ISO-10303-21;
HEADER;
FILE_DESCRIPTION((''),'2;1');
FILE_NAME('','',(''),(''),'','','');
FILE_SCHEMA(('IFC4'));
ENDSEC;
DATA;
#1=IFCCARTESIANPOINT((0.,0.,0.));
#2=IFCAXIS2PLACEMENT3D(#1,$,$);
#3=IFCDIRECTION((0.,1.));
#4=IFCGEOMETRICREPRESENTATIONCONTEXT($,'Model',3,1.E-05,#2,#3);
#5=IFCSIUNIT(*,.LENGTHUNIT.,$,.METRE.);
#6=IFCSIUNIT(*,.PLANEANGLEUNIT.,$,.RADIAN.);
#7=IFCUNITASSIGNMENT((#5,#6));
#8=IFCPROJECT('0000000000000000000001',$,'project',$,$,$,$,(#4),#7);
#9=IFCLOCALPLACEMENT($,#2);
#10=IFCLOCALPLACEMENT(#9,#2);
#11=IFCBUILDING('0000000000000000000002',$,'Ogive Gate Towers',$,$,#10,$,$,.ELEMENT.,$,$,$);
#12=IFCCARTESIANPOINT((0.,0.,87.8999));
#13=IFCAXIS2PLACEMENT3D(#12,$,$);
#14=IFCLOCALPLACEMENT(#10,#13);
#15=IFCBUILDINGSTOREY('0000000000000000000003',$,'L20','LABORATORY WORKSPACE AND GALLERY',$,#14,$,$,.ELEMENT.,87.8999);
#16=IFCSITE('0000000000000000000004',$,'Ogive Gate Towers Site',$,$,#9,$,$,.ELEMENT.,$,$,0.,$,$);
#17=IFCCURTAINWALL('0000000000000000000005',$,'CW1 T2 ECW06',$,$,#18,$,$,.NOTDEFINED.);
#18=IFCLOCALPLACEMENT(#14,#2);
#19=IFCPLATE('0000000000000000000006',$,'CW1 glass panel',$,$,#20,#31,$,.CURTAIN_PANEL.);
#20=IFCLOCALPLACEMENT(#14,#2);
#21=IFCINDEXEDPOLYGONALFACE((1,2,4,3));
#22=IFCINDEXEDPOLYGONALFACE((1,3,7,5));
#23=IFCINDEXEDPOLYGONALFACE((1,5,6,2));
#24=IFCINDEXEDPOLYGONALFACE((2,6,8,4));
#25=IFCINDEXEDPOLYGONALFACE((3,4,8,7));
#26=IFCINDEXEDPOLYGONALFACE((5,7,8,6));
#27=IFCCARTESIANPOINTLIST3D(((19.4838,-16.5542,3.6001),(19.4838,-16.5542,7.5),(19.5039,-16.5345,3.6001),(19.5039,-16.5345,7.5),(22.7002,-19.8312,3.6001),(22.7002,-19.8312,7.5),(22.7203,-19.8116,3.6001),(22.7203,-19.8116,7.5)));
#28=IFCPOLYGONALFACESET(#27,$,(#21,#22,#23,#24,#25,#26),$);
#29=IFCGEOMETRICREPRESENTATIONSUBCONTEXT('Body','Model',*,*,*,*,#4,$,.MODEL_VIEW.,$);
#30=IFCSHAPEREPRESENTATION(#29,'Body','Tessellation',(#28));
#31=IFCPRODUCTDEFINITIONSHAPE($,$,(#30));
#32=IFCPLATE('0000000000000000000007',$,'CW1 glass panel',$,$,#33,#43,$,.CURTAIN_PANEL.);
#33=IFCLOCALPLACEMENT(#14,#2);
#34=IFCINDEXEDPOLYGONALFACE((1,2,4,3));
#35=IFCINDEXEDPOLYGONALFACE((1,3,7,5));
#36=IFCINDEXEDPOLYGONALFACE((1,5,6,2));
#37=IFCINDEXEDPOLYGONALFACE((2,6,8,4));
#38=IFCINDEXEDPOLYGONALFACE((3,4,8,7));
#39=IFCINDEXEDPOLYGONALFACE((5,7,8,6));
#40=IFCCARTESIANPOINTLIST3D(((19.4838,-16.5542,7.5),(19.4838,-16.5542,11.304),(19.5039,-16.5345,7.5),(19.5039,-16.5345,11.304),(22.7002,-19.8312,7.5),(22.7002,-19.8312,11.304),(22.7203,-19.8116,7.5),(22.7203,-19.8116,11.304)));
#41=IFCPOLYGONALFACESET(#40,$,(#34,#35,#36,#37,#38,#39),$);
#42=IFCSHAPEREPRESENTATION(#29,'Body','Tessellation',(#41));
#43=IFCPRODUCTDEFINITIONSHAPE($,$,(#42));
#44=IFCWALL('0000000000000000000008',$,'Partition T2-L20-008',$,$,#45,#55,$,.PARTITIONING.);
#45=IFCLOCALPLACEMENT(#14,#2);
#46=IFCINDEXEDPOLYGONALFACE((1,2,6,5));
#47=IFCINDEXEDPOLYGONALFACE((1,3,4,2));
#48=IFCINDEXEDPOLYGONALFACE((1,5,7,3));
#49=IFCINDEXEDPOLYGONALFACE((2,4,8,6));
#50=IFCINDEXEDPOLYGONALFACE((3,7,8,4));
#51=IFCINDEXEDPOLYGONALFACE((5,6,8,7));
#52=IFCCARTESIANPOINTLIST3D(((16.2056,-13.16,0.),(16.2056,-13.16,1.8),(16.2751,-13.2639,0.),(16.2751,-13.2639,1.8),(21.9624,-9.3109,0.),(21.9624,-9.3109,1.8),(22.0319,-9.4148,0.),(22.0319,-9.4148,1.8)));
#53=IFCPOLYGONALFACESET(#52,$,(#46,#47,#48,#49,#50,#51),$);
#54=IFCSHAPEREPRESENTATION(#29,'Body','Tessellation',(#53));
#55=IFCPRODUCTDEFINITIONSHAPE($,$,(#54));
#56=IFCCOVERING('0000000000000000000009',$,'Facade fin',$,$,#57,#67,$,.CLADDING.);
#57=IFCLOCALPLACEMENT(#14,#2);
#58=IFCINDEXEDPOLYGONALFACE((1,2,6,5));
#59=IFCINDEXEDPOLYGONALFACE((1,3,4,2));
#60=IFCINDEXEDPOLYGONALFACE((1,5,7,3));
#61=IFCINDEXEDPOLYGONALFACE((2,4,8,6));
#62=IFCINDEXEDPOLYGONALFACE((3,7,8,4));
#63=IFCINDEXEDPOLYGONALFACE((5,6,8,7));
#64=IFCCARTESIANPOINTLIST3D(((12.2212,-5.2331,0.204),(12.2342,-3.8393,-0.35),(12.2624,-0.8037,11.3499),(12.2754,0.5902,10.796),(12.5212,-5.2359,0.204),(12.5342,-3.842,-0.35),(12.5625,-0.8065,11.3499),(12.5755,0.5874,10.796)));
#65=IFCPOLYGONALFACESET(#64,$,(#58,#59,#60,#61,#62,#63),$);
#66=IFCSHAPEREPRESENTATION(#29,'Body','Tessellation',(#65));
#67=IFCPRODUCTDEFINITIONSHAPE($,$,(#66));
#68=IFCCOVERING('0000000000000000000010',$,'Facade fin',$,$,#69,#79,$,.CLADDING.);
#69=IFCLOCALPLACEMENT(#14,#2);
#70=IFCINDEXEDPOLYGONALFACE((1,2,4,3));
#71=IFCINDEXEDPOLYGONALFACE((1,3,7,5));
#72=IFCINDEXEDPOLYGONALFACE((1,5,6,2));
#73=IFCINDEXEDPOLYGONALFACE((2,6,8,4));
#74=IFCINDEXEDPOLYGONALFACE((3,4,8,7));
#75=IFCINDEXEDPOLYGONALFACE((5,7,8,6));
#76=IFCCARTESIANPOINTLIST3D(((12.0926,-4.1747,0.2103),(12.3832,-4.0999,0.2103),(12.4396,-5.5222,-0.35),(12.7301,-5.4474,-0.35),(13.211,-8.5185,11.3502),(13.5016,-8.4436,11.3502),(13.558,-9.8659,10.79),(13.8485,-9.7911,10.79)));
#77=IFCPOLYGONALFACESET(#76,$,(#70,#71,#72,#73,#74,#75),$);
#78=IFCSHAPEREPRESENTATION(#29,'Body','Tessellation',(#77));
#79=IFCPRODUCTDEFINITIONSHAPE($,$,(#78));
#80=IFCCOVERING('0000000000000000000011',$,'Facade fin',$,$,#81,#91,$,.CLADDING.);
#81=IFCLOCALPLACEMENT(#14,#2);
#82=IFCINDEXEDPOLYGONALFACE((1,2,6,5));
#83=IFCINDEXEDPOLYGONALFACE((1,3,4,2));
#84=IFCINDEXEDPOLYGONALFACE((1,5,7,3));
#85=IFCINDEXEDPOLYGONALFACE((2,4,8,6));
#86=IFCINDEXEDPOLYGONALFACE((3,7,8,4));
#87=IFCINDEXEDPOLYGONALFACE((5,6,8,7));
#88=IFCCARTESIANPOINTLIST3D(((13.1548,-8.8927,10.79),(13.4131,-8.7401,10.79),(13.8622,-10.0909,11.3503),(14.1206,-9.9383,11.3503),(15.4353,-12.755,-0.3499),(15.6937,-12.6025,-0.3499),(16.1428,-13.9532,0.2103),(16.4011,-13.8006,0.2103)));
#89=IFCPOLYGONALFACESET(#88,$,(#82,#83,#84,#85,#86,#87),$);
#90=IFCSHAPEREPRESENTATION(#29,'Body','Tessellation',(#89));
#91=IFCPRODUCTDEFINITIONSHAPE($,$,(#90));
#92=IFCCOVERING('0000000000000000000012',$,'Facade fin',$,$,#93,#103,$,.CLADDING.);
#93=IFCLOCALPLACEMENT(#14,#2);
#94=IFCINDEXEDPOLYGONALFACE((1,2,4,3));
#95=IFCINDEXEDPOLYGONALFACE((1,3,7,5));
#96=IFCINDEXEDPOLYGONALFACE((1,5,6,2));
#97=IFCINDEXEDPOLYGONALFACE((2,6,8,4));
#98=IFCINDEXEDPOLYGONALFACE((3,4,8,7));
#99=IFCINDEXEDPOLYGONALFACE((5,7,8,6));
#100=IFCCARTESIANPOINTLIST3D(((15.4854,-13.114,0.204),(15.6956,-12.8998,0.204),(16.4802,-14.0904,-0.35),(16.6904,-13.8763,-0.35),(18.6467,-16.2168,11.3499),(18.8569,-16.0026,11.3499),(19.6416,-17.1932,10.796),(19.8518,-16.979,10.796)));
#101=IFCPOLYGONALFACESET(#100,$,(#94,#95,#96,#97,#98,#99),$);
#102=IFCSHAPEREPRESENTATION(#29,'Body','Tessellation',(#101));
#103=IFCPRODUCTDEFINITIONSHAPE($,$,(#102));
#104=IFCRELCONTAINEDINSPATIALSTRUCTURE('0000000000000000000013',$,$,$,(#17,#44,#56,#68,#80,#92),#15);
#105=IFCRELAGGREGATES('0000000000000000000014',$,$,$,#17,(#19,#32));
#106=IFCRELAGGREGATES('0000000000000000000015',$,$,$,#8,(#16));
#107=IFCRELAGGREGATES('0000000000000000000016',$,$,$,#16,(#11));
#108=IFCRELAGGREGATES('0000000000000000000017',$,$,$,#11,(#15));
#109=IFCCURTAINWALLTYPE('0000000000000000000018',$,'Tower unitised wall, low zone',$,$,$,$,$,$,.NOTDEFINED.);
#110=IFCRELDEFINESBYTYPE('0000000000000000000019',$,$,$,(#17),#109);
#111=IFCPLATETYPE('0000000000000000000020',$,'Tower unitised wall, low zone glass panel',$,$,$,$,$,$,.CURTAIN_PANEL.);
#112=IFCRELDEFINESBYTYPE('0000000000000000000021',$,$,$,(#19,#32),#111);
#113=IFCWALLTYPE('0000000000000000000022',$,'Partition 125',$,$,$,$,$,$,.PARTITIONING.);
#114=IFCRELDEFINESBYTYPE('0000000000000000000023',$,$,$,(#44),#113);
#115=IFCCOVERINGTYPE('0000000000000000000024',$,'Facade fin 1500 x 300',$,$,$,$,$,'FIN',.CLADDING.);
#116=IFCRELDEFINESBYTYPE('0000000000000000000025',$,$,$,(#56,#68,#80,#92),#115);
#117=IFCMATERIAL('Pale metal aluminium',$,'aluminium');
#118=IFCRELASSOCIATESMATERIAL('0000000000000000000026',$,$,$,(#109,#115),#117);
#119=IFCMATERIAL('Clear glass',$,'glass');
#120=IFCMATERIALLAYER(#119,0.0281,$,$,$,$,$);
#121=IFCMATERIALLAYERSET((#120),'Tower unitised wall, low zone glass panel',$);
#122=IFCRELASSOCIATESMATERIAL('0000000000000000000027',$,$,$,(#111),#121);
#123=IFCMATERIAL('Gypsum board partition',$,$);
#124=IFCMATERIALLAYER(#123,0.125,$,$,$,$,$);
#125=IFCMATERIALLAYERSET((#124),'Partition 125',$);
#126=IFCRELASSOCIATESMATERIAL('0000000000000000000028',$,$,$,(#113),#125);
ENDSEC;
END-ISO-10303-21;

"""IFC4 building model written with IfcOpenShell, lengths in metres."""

from ifc_helpers import new_model, si_unit, direction, frame, frame_2d, origin, origin_2d, place, context, subcontext, project, spatial, rectangle, extrude, material, layer, layer_set, material_profile, profile_set, type_object, element, aggregate, save


model = new_model("IFC4")

# Units and contexts
model_context = context("Model", 3, precision=1e-05, world=origin(), true_north=direction((0.0, 1.0)))
body_context = subcontext(model_context, "Body", "Model", "MODEL_VIEW")
ifc_project = project(units=[si_unit("LENGTHUNIT", "METRE"), si_unit("PLANEANGLEUNIT", "RADIAN")], contexts=[model_context])

# Site, building, storey
site_placement = place(None, origin())
site = spatial("IfcSite", under=ifc_project, at=site_placement, Name="Ogive Gate Towers Site", CompositionType="ELEMENT", RefElevation=0.0)
building_placement = place(site_placement, origin())
building = spatial("IfcBuilding", under=site, at=building_placement, Name="Ogive Gate Towers", CompositionType="ELEMENT")
storey_placement = place(building_placement, frame((0.0, 0.0, 87.8999)))
storey = spatial("IfcBuildingStorey", under=building, at=storey_placement, Name="L20", Description="LABORATORY WORKSPACE AND GALLERY", CompositionType="ELEMENT", Elevation=87.8999)

# Shared definitions
ifc_material_1 = material(Name="Pale metal aluminium", Category="aluminium")
curtain_wall_type = type_object("IfcCurtainWallType", Name="Tower unitised wall, low zone", PredefinedType="NOTDEFINED", material=ifc_material_1)

# Curtain wall
curtain_wall_1_placement = place(storey_placement, origin())
curtain_wall_1 = element("IfcCurtainWall", 1, at=curtain_wall_1_placement, inside=storey, type_object=curtain_wall_type, Name="CW1 T2 ECW06", PredefinedType="NOTDEFINED")

# Plates
ifc_material_2 = material(Name="Clear glass", Category="glass")
ifc_layer_1 = layer(ifc_material_2, 0.0281)
ifc_layer_set_1 = layer_set([ifc_layer_1], Name="Tower unitised wall, low zone glass panel")
plate_type = type_object("IfcPlateType", Name="Tower unitised wall, low zone glass panel", PredefinedType="CURTAIN_PANEL", material=ifc_layer_set_1)
plate_1_placement = place(storey_placement, frame((21.1021, -18.1829, 3.6001), z_axis=(0.0, 0.0, 1.0), x_axis=(0.700473, -0.713678, 0.0)))
plate_1 = element("IfcPlate", 2, at=plate_1_placement, type_object=plate_type, Name="CW1 glass panel", PredefinedType="CURTAIN_PANEL", context=body_context, shape_type="SweptSolid", body=[
    extrude(rectangle(XDim=4.5918, YDim=0.0281, at=origin_2d()), origin(), (0.0, 0.0, 1.0), 3.8999),
])
plate_2_placement = place(storey_placement, frame((21.1021, -18.1829, 7.5), z_axis=(0.0, 0.0, 1.0), x_axis=(0.700473, -0.713678, 0.0)))
plate_2 = element("IfcPlate", 3, at=plate_2_placement, type_object=plate_type, Name="CW1 glass panel", PredefinedType="CURTAIN_PANEL", context=body_context, shape_type="SweptSolid", body=[
    extrude(rectangle(XDim=4.5918, YDim=0.0281, at=origin_2d()), origin(), (0.0, 0.0, 1.0), 3.804),
])
aggregate(curtain_wall_1, [plate_1, plate_2])

# Wall
ifc_material_3 = material(Name="Gypsum board partition")
ifc_layer_2 = layer(ifc_material_3, 0.125)
ifc_layer_set_2 = layer_set([ifc_layer_2], Name="Partition 125")
wall_type = type_object("IfcWallType", Name="Partition 125", PredefinedType="PARTITIONING", material=ifc_layer_set_2)
wall_placement = place(storey_placement, frame((16.2405, -13.2119, 0.0), z_axis=(0.0, 0.0, 1.0), x_axis=(0.831301, 0.555822, 0.0)))
element("IfcWall", 4, at=wall_placement, inside=storey, type_object=wall_type, Name="Partition T2-L20-008", PredefinedType="PARTITIONING", context=body_context, shape_type="SweptSolid", body=[
    extrude(rectangle(XDim=6.925, YDim=0.125, at=frame_2d((3.4624, 0.0))), origin(), (0.0, 0.0, 1.0), 1.8),
])

# Coverings
ifc_material_profile_1 = material_profile(ifc_material_1, rectangle(XDim=0.3, YDim=1.5, at=origin_2d()), Name="1500 x 300 pale metal aluminium")
ifc_profile_set_1 = profile_set([ifc_material_profile_1], Name="Pale metal aluminium")
covering_type = type_object("IfcCoveringType", Name="Facade fin 1500 x 300", ElementType="FIN", PredefinedType="CLADDING", material=ifc_profile_set_1)
covering_1_placement = place(storey_placement, frame((12.3777, -4.5376, -0.073), z_axis=(0.00344, 0.369306, 0.929301), x_axis=(-0.999957, 0.009314, 0.0)))
element("IfcCovering", 5, at=covering_1_placement, inside=storey, type_object=covering_type, Name="Facade fin", PredefinedType="CLADDING", context=body_context, shape_type="SweptSolid", body=[
    extrude(rectangle(XDim=0.3, YDim=1.5, at=origin_2d()), origin(), (0.0, 0.0, 1.0), 11.9939),
])
for number, where, z_axis, x_axis, name in (
    (6, (12.4114, -4.811, -0.0698), (0.093131, -0.361708, 0.927628), (0.968415, 0.249343, 0.0), "Facade fin"),
    (7, (15.9182, -13.2778, -0.0698), (-0.189901, 0.321618, 0.927631), (-0.861098, -0.50844, 0.0), "Facade fin"),
):
    element("IfcCovering", number, at=place(storey_placement, frame(where, z_axis=z_axis, x_axis=x_axis)), inside=storey, type_object=covering_type, Name=name, PredefinedType="CLADDING", context=body_context, shape_type="SweptSolid", body=[
        extrude(rectangle(XDim=0.3, YDim=1.5, at=origin_2d()), origin(), (0.0, 0.0, 1.0), 12.009),
    ])
covering_2_placement = place(storey_placement, frame((16.0879, -13.4951, -0.073), z_axis=(0.263581, -0.258696, 0.929302), x_axis=(0.700462, 0.71369, 0.0)))
element("IfcCovering", 8, at=covering_2_placement, inside=storey, type_object=covering_type, Name="Facade fin", PredefinedType="CLADDING", context=body_context, shape_type="SweptSolid", body=[
    extrude(rectangle(XDim=0.3, YDim=1.5, at=origin_2d()), origin(), (0.0, 0.0, 1.0), 11.9939),
])

save(model, "model.ifc")
